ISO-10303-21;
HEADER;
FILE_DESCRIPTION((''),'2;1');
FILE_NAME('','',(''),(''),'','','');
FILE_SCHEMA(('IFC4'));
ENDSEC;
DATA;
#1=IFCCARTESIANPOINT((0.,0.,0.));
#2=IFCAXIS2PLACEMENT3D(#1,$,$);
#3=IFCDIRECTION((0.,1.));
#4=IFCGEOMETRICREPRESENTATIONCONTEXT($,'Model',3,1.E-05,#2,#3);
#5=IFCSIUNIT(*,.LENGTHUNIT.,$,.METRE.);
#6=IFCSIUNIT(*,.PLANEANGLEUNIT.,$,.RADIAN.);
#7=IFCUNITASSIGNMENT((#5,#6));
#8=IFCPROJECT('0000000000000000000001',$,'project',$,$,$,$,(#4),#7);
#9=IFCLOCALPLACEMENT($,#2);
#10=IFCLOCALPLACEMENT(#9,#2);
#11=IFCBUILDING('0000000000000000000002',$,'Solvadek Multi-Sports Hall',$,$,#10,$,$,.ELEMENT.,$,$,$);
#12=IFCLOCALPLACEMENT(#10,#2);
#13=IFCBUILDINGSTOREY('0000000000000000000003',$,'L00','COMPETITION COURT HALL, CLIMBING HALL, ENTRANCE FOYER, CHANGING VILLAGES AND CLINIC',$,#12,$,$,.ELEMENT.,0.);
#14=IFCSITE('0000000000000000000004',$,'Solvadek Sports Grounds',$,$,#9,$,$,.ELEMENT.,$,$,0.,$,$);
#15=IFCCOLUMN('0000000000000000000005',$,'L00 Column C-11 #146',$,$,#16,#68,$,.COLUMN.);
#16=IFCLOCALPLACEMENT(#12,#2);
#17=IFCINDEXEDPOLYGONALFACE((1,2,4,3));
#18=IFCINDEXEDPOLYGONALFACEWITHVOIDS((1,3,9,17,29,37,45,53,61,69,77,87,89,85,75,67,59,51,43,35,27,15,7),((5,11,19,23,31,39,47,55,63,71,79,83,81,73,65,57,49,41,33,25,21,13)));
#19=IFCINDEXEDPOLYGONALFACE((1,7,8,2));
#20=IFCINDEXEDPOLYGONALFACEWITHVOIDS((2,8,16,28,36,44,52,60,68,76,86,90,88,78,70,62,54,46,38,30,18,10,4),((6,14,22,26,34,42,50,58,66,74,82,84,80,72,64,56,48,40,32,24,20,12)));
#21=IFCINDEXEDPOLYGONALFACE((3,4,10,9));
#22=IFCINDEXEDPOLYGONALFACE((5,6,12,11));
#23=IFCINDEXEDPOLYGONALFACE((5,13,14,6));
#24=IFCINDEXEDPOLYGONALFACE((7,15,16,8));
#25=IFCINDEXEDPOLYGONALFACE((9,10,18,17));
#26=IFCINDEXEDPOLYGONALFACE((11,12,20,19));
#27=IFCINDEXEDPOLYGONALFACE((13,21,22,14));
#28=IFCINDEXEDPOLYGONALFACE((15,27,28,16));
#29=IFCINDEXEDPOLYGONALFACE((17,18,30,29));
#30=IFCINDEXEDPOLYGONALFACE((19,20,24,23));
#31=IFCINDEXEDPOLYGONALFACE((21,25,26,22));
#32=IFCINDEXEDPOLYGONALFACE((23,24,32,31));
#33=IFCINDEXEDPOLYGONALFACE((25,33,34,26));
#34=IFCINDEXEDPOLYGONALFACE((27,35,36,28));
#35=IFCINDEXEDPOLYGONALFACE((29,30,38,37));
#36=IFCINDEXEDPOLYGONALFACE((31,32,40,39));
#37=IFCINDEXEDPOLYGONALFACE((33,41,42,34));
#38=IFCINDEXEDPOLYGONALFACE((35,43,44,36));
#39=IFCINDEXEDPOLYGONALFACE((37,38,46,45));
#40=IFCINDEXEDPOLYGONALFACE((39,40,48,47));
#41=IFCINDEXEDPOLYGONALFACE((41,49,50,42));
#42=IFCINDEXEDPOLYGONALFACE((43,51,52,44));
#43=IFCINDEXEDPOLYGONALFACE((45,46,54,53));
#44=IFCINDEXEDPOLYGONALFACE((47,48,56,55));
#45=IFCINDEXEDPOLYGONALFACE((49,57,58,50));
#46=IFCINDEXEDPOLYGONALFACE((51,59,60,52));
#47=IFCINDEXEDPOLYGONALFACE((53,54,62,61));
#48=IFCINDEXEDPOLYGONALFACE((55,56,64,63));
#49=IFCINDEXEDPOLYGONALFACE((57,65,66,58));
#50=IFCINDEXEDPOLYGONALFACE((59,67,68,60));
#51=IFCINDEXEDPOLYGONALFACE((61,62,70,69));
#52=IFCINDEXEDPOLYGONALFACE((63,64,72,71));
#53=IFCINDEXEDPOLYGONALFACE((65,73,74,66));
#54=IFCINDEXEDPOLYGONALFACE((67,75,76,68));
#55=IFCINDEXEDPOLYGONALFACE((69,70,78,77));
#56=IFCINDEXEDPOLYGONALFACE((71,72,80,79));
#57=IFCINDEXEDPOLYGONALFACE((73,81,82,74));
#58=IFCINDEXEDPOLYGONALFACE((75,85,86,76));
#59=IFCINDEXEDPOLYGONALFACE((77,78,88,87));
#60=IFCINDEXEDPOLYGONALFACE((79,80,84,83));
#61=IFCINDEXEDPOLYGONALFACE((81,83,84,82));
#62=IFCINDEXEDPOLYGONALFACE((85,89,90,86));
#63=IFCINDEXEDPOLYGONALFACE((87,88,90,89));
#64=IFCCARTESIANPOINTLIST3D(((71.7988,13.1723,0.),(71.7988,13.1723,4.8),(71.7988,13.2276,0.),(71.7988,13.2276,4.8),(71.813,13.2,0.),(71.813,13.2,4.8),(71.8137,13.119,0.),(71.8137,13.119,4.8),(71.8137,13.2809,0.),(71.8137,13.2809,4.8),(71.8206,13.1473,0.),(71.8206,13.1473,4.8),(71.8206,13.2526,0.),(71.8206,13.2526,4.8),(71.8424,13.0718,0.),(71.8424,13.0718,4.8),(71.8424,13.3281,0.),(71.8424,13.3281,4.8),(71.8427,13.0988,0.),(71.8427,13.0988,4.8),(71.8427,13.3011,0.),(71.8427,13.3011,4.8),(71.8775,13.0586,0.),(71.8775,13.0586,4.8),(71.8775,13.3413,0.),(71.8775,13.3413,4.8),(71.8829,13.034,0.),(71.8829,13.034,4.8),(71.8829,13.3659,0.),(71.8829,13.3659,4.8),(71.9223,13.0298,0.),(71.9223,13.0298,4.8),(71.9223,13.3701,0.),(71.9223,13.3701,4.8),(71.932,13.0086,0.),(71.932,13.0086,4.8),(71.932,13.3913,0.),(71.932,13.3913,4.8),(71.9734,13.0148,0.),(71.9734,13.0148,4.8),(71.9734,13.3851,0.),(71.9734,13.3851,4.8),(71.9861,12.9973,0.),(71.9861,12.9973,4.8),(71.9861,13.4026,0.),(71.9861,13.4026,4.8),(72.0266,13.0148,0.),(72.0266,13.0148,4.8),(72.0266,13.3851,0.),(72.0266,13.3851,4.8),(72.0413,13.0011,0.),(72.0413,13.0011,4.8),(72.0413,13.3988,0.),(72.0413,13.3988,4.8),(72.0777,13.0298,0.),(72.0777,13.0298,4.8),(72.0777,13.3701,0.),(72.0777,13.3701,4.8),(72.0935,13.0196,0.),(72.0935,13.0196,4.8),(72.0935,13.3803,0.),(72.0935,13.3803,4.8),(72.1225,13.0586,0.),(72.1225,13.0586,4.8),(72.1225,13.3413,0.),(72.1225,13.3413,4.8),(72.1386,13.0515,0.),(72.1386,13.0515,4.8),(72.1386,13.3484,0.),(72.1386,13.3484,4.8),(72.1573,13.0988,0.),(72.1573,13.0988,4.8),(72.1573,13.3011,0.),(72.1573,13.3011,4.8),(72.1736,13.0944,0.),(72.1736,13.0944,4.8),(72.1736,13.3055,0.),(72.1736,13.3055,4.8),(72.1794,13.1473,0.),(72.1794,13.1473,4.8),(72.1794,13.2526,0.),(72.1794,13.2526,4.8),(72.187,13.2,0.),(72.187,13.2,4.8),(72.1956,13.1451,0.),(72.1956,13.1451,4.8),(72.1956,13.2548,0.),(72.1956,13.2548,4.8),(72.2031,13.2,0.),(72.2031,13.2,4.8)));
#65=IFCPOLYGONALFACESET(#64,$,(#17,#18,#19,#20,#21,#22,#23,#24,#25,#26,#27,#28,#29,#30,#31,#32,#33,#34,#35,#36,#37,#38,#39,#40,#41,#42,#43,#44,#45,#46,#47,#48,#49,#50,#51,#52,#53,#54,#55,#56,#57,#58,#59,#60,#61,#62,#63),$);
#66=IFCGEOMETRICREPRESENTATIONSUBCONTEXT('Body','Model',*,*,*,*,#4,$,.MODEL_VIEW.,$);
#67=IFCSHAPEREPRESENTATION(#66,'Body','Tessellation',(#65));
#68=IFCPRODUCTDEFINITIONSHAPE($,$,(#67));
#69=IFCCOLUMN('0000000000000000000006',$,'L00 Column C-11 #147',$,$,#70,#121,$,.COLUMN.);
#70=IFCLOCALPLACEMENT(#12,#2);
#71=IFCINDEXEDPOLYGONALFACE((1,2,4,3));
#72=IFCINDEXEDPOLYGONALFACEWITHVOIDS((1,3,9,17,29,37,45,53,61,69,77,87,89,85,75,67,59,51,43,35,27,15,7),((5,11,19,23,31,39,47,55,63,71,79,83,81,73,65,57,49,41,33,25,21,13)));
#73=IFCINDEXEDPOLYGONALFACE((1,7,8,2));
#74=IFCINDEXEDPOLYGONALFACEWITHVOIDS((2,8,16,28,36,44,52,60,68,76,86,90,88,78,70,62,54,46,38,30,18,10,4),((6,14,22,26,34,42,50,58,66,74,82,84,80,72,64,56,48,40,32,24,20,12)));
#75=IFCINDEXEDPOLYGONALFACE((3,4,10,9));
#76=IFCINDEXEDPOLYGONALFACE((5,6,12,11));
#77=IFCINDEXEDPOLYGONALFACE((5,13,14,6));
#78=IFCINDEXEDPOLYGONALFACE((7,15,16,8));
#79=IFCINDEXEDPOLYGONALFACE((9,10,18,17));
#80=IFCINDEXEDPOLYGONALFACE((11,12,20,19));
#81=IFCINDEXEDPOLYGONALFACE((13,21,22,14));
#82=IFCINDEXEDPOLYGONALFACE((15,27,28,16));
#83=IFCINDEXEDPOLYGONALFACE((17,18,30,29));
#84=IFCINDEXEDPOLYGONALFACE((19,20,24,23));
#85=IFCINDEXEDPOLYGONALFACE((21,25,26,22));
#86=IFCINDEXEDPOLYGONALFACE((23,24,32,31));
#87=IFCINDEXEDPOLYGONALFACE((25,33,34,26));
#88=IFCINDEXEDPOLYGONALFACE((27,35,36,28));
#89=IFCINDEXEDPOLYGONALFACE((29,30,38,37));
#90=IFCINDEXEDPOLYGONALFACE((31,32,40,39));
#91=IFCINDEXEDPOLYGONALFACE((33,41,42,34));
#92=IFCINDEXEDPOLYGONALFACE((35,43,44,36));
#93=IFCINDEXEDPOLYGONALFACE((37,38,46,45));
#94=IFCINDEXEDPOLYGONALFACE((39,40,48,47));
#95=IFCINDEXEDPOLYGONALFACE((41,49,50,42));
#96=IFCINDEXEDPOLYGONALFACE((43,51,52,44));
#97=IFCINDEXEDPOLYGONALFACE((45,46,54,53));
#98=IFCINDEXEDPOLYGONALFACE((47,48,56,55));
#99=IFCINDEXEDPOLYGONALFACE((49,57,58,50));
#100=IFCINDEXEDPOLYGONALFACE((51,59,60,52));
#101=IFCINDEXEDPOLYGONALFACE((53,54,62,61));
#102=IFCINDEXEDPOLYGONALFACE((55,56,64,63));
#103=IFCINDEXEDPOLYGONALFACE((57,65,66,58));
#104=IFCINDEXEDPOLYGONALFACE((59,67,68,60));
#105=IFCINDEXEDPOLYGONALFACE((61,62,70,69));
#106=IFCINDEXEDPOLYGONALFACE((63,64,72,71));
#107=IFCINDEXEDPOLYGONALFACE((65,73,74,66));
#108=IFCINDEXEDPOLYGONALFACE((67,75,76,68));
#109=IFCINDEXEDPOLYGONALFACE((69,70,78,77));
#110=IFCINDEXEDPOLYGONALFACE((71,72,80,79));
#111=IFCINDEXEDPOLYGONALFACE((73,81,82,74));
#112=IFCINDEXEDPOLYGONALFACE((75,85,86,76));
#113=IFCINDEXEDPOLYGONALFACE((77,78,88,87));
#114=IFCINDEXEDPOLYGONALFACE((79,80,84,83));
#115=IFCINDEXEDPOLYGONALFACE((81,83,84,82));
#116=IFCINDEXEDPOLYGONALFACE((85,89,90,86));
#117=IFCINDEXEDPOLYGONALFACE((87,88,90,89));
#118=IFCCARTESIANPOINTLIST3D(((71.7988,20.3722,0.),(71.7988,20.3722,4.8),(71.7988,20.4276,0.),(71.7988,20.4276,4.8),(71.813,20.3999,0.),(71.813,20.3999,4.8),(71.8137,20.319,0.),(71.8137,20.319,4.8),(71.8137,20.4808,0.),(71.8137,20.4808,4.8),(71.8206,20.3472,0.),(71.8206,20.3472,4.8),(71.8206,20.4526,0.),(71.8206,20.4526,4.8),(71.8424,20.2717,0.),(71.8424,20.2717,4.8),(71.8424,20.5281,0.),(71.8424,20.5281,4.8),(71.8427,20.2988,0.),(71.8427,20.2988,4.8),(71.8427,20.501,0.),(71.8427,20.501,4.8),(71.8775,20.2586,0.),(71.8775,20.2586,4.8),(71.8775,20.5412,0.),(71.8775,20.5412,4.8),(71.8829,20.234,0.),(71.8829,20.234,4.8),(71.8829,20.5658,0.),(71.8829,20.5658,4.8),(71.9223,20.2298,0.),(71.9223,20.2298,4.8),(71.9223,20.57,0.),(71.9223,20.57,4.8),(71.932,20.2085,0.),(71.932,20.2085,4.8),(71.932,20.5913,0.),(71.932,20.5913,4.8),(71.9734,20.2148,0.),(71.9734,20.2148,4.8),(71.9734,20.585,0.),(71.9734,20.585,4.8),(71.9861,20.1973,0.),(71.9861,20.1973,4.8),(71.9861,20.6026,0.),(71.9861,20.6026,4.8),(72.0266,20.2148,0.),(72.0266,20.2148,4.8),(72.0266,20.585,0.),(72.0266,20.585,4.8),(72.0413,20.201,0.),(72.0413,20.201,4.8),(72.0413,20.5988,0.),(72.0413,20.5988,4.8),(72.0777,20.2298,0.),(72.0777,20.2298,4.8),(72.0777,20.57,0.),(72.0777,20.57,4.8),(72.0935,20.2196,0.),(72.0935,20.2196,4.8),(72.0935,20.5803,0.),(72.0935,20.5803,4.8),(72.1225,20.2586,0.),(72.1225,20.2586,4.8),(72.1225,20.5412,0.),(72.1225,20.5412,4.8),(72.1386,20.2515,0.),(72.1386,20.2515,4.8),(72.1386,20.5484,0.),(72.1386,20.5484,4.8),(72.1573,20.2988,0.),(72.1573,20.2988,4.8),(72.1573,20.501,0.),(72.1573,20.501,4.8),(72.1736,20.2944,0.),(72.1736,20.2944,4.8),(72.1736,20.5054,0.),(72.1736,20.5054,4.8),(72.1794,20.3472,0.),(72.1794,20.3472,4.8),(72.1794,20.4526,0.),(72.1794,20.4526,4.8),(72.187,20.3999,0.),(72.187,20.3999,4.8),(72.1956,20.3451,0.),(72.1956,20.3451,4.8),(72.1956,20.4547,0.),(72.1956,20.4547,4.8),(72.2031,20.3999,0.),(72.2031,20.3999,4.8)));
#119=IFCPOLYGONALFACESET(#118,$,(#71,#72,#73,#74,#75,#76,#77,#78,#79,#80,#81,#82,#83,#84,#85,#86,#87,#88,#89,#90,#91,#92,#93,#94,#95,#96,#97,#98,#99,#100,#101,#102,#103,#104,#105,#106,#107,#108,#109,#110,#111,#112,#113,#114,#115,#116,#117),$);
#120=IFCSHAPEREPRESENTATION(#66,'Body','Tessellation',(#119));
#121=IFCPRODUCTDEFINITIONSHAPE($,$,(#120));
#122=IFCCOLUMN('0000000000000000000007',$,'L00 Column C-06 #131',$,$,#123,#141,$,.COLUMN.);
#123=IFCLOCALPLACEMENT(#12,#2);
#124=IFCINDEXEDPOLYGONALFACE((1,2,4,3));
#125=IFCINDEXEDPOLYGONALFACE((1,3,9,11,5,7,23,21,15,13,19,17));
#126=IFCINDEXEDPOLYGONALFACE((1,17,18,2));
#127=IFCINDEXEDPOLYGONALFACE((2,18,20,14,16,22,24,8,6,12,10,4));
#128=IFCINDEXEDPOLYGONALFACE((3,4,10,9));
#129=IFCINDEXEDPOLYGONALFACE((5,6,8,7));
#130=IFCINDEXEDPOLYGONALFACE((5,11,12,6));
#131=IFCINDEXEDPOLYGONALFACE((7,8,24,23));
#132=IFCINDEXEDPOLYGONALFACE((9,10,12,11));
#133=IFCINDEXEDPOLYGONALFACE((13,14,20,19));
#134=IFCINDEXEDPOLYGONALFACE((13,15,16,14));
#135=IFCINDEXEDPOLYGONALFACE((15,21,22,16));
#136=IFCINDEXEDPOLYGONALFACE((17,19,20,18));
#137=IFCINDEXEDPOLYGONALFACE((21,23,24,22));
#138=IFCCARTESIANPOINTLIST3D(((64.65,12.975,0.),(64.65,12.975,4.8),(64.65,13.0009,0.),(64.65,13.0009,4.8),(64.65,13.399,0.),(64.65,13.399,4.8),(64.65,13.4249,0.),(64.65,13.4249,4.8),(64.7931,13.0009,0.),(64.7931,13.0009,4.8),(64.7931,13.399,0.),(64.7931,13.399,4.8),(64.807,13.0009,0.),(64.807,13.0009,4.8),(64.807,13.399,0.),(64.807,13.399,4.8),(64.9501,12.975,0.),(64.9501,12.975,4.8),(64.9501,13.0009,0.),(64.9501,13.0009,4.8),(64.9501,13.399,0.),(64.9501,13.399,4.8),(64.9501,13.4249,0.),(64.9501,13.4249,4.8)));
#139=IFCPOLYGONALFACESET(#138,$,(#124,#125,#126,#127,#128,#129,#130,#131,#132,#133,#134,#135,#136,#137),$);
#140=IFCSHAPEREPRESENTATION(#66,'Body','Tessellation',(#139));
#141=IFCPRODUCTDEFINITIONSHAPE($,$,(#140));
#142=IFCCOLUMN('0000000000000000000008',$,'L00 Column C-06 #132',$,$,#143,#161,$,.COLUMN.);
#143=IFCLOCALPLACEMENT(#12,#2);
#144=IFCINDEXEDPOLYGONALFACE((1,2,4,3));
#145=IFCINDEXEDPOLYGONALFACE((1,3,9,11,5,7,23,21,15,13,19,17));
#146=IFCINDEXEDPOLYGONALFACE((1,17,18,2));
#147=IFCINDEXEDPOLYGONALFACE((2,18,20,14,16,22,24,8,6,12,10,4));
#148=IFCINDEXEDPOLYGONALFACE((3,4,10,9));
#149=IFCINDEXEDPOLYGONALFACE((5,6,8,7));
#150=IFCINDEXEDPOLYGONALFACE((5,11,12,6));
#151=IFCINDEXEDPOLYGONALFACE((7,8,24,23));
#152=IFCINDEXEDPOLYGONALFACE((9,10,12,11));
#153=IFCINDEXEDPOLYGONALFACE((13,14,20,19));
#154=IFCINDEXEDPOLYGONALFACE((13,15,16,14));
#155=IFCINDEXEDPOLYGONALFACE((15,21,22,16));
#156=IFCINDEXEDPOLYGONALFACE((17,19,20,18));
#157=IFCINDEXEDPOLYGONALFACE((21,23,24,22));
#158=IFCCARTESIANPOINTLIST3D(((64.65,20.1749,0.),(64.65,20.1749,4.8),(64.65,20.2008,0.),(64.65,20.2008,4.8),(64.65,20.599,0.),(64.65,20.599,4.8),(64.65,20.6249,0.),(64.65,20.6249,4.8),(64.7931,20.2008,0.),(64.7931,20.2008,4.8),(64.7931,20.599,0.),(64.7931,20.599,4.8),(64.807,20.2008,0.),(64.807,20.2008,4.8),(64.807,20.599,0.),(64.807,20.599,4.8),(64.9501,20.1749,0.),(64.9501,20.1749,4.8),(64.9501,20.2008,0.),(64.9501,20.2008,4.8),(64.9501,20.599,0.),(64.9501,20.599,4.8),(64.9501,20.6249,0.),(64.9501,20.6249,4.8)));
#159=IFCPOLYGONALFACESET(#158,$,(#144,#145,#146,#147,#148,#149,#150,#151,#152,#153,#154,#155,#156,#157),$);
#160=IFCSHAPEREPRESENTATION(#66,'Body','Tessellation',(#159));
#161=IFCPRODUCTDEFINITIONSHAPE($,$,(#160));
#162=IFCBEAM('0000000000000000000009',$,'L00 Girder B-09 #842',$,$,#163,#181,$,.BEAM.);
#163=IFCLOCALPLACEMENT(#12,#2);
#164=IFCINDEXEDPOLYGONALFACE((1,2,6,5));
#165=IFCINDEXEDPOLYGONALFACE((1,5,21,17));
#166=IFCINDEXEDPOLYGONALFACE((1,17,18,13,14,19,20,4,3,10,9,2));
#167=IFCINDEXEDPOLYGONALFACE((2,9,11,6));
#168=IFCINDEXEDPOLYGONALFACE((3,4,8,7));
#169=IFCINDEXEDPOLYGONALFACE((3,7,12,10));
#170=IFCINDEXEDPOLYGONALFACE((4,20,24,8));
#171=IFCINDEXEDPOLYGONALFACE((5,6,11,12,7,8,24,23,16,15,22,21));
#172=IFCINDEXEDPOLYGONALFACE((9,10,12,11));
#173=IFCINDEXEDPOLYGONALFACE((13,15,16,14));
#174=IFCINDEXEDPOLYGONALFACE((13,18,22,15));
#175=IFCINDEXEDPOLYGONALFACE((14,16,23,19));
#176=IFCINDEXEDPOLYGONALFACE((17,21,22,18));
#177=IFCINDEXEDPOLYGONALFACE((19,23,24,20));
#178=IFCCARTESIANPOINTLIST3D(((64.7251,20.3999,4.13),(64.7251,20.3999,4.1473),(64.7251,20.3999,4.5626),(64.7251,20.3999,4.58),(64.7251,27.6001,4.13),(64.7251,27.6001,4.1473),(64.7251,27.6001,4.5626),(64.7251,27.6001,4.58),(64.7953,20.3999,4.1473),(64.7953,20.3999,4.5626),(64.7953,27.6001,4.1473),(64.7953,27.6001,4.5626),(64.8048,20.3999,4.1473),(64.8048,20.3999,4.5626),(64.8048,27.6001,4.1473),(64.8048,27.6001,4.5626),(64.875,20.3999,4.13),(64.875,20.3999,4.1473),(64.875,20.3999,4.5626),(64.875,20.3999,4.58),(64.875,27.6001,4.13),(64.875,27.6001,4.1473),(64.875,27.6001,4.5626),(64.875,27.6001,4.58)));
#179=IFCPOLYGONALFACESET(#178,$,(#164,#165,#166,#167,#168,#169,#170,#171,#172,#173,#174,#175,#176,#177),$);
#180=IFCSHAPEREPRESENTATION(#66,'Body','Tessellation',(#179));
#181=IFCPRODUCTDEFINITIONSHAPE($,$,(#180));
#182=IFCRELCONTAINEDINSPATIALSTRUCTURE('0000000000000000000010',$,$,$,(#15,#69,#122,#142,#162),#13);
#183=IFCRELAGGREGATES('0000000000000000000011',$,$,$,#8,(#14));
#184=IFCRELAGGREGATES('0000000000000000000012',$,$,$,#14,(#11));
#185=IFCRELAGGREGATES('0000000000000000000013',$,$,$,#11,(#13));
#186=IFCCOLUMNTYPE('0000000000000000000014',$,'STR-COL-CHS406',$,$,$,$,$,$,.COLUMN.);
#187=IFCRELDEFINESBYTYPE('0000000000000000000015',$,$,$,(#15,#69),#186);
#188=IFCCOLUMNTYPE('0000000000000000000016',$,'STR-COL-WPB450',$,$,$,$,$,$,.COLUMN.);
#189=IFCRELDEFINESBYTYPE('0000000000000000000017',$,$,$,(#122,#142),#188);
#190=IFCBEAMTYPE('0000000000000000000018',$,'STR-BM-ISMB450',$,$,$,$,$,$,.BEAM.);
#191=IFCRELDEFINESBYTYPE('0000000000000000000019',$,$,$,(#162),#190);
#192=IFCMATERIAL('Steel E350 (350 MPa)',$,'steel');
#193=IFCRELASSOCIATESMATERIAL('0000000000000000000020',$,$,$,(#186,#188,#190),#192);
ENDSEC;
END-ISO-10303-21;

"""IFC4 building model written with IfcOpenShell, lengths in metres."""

from ifc_helpers import new_model, si_unit, direction, frame, origin, origin_2d, place, context, subcontext, project, spatial, hollow_circle, i_section, extrude, material, material_profile, profile_set, type_object, element, save


model = new_model("IFC4")

# Units and contexts
model_context = context("Model", 3, precision=1e-05, world=origin(), true_north=direction((0.0, 1.0)))
body_context = subcontext(model_context, "Body", "Model", "MODEL_VIEW")
ifc_project = project(units=[si_unit("LENGTHUNIT", "METRE"), si_unit("PLANEANGLEUNIT", "RADIAN")], contexts=[model_context])

# Site, building, storey
site_placement = place(None, origin())
site = spatial("IfcSite", under=ifc_project, at=site_placement, Name="Solvadek Sports Grounds", CompositionType="ELEMENT", RefElevation=0.0)
building_placement = place(site_placement, origin())
building = spatial("IfcBuilding", under=site, at=building_placement, Name="Solvadek Multi-Sports Hall", CompositionType="ELEMENT")
storey_placement = place(building_placement, origin())
storey = spatial("IfcBuildingStorey", under=building, at=storey_placement, Name="L00", Description="COMPETITION COURT HALL, CLIMBING HALL, ENTRANCE FOYER, CHANGING VILLAGES AND CLINIC", CompositionType="ELEMENT", Elevation=0.0)

# Columns
ifc_material_1 = material(Name="Steel E350 (350 MPa)", Category="steel")
ifc_material_profile_1 = material_profile(ifc_material_1, hollow_circle(Radius=0.2031, WallThickness=0.0161, at=origin_2d()), Name="CHS 406.4x16")
ifc_profile_set_1 = profile_set([ifc_material_profile_1], Name="Steel E350 (350 MPa)")
column_type_1 = type_object("IfcColumnType", Name="STR-COL-CHS406", PredefinedType="COLUMN", material=ifc_profile_set_1)
for number, where, z_axis, x_axis, name in (
    (1, (72.0, 13.2, 0.0), (0.0, 0.0, 1.0), (1.0, 0.0, 0.0), "L00 Column C-11 #146"),
    (2, (72.0, 20.3999, 0.0), (0.0, 0.0, 1.0), (1.0, 0.0, 0.0), "L00 Column C-11 #147"),
):
    element("IfcColumn", number, at=place(storey_placement, frame(where, z_axis=z_axis, x_axis=x_axis)), inside=storey, type_object=column_type_1, Name=name, PredefinedType="COLUMN", context=body_context, shape_type="SweptSolid", body=[
        extrude(hollow_circle(Radius=0.2031, WallThickness=0.0161, at=origin_2d()), origin(), (0.0, 0.0, 1.0), 4.8),
    ])
ifc_material_profile_2 = material_profile(ifc_material_1, i_section(OverallWidth=0.3, OverallDepth=0.45, WebThickness=0.0139, FlangeThickness=0.0259, at=origin_2d()), Name="WPB 450")
ifc_profile_set_2 = profile_set([ifc_material_profile_2], Name="Steel E350 (350 MPa)")
column_type_2 = type_object("IfcColumnType", Name="STR-COL-WPB450", PredefinedType="COLUMN", material=ifc_profile_set_2)
for number, where, z_axis, x_axis, name in (
    (3, (64.8, 13.2, 0.0), (0.0, 0.0, 1.0), (1.0, 0.0, 0.0), "L00 Column C-06 #131"),
    (4, (64.8, 20.3999, 0.0), (0.0, 0.0, 1.0), (1.0, 0.0, 0.0), "L00 Column C-06 #132"),
):
    element("IfcColumn", number, at=place(storey_placement, frame(where, z_axis=z_axis, x_axis=x_axis)), inside=storey, type_object=column_type_2, Name=name, PredefinedType="COLUMN", context=body_context, shape_type="SweptSolid", body=[
        extrude(i_section(OverallWidth=0.3, OverallDepth=0.45, WebThickness=0.0139, FlangeThickness=0.0259, at=origin_2d()), origin(), (0.0, 0.0, 1.0), 4.8),
    ])

# Beam
ifc_material_profile_3 = material_profile(ifc_material_1, i_section(OverallWidth=0.1499, OverallDepth=0.45, WebThickness=0.0095, FlangeThickness=0.0173, at=origin_2d()), Name="ISMB 450")
ifc_profile_set_3 = profile_set([ifc_material_profile_3], Name="Steel E350 (350 MPa)")
beam_type_1 = type_object("IfcBeamType", Name="STR-BM-ISMB450", PredefinedType="BEAM", material=ifc_profile_set_3)
beam_1_placement = place(storey_placement, frame((64.8, 20.3999, 4.355), z_axis=(0.0, 1.0, 0.0), x_axis=(-1.0, 0.0, 0.0)))
element("IfcBeam", 5, at=beam_1_placement, inside=storey, type_object=beam_type_1, Name="L00 Girder B-09 #842", PredefinedType="BEAM", context=body_context, shape_type="SweptSolid", body=[
    extrude(i_section(OverallWidth=0.1499, OverallDepth=0.45, WebThickness=0.0095, FlangeThickness=0.0173, at=origin_2d()), origin(), (0.0, 0.0, 1.0), 7.2002),
])

save(model, "model.ifc")
